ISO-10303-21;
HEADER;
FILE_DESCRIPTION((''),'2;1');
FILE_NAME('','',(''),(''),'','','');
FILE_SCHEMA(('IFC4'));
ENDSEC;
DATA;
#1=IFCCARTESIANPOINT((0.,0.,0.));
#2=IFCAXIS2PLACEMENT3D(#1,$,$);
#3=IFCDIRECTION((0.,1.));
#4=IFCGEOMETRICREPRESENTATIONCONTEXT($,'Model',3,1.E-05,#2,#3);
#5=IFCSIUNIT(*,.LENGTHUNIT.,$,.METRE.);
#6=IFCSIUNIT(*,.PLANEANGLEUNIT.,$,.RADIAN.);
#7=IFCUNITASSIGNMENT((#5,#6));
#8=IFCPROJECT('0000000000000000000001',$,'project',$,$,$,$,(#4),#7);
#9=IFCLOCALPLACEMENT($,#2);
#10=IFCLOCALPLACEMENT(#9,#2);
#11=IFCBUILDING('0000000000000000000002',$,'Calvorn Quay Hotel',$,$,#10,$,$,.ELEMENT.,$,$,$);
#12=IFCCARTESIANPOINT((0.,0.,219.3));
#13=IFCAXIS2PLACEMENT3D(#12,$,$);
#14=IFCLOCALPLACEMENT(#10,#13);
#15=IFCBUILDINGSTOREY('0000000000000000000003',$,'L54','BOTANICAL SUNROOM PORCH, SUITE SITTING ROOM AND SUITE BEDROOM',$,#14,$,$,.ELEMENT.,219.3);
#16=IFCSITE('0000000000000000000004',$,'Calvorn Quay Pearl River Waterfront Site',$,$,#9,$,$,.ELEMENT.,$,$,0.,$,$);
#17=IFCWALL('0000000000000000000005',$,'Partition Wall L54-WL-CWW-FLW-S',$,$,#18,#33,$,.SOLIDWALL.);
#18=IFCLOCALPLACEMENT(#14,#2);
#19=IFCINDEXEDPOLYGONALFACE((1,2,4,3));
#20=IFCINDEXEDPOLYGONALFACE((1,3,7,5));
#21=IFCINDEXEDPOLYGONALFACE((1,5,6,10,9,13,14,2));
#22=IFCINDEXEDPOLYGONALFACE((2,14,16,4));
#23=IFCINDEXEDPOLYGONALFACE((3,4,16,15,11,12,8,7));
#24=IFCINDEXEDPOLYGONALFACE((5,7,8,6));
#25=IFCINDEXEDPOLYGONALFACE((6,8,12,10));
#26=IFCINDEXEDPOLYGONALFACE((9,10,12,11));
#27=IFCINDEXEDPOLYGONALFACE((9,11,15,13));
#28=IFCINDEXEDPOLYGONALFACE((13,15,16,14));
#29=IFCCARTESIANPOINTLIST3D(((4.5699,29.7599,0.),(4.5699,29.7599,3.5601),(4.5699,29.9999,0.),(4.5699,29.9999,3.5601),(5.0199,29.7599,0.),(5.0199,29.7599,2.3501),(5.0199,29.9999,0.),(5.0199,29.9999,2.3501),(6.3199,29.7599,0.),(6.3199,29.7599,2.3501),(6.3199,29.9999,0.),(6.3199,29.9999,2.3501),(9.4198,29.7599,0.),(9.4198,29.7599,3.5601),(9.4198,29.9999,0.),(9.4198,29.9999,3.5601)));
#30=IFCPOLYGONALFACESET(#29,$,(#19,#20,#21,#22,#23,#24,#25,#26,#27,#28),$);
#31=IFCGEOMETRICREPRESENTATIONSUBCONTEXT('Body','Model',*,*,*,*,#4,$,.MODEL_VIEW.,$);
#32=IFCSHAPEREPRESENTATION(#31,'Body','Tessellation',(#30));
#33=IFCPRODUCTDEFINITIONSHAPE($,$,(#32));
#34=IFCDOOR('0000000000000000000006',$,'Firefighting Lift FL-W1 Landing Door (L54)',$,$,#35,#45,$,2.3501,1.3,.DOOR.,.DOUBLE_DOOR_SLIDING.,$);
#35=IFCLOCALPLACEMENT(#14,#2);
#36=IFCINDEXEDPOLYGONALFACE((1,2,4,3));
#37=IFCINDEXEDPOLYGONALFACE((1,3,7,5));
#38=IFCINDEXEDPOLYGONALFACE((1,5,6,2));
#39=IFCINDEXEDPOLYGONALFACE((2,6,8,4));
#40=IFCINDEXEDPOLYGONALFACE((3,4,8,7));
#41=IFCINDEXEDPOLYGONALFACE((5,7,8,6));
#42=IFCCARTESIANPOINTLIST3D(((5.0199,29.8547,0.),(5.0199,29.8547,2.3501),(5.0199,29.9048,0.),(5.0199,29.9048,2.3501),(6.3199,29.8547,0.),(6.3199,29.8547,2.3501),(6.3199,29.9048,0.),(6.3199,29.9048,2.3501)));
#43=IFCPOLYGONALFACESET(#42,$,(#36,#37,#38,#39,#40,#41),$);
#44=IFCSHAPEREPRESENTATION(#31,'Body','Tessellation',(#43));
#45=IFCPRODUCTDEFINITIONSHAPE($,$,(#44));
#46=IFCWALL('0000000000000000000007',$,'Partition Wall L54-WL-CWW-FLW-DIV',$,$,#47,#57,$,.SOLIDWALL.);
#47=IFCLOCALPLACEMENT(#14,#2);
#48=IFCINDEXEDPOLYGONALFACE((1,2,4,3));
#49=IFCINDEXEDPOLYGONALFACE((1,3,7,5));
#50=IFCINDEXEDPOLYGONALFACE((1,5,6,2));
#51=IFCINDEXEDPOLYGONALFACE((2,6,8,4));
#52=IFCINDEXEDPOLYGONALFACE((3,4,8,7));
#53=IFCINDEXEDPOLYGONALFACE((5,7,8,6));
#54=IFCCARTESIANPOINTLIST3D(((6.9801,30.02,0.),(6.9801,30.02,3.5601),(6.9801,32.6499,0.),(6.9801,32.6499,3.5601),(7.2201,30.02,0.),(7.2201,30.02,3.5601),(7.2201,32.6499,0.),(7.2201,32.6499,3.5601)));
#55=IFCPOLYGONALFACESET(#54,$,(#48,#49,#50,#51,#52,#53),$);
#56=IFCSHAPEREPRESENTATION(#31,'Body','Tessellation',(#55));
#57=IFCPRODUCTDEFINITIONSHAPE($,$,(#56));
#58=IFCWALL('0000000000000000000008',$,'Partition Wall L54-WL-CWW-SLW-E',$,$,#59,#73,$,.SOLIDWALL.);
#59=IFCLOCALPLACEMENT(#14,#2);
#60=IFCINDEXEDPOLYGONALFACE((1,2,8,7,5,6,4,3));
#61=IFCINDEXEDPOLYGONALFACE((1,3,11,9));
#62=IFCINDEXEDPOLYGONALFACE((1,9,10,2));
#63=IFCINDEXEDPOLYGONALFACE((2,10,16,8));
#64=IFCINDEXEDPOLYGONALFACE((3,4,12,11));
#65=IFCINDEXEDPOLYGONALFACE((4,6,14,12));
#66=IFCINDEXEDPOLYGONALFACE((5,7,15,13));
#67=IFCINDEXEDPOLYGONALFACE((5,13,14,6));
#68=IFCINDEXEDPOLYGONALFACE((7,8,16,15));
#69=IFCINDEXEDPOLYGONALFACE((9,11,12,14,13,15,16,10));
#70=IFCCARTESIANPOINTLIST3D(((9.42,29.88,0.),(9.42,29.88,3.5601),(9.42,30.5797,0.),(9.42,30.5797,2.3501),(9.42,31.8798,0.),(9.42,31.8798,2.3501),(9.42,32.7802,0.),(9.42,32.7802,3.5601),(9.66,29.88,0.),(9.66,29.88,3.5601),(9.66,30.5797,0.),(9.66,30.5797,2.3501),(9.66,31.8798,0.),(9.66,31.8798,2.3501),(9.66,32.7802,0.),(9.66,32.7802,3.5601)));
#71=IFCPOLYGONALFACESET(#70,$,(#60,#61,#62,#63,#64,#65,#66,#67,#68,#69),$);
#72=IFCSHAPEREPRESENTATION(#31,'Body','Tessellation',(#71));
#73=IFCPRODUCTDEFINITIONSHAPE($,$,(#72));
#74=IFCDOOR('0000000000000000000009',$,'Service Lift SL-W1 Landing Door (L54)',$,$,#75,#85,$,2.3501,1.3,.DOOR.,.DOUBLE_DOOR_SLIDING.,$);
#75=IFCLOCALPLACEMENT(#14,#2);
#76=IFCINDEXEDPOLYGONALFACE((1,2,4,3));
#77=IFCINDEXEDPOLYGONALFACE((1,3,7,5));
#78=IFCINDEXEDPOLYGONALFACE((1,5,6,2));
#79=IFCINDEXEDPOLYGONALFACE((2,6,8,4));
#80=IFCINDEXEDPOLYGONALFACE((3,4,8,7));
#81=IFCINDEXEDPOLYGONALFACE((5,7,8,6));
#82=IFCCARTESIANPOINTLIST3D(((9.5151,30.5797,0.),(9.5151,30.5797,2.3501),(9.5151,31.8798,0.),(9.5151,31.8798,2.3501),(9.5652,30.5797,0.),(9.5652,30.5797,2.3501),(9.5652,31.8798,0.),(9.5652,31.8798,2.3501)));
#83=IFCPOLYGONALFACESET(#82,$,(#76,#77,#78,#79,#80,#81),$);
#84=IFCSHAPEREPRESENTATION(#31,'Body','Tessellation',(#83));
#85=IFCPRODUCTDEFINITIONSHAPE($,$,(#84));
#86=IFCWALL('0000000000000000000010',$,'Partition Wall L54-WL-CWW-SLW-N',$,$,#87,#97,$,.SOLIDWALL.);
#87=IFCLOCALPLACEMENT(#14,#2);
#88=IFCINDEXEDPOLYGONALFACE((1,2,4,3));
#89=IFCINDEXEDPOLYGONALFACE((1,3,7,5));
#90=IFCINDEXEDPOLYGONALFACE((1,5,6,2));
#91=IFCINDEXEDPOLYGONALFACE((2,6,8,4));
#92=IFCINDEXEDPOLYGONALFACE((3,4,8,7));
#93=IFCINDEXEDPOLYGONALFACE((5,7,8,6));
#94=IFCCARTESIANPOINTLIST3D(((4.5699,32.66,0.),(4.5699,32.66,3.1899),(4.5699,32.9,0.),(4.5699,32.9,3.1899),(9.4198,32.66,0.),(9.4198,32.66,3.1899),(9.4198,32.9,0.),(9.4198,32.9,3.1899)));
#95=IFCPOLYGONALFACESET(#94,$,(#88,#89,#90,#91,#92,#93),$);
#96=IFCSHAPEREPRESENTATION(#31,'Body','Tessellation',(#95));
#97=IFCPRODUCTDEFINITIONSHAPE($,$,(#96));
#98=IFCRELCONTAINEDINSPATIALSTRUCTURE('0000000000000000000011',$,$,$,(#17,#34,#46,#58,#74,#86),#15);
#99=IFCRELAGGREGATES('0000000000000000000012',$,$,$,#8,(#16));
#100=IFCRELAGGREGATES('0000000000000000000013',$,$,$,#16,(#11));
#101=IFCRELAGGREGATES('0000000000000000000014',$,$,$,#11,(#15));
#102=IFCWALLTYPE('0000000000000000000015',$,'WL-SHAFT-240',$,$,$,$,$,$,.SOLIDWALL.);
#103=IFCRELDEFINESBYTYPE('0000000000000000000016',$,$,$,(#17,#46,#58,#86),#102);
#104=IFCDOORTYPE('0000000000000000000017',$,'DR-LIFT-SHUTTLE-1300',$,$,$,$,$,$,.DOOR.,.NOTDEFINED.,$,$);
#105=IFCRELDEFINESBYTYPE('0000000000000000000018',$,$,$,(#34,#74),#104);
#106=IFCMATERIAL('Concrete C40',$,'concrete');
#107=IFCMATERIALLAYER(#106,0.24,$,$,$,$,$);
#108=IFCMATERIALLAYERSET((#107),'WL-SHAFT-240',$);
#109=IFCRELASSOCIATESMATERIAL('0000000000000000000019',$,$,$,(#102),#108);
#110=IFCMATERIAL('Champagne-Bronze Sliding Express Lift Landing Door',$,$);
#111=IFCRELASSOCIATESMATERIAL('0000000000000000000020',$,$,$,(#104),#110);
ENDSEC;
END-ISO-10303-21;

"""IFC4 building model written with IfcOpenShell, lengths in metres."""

from ifc_helpers import new_model, si_unit, direction, frame, frame_2d, origin, place, context, subcontext, project, spatial, rectangle, extrude, material, layer, layer_set, type_object, element, fill, save


model = new_model("IFC4")

# Units and contexts
model_context = context("Model", 3, precision=1e-05, world=origin(), true_north=direction((0.0, 1.0)))
body_context = subcontext(model_context, "Body", "Model", "MODEL_VIEW")
ifc_project = project(units=[si_unit("LENGTHUNIT", "METRE"), si_unit("PLANEANGLEUNIT", "RADIAN")], contexts=[model_context])

# Site, building, storey
site_placement = place(None, origin())
site = spatial("IfcSite", under=ifc_project, at=site_placement, Name="Calvorn Quay Pearl River Waterfront Site", CompositionType="ELEMENT", RefElevation=0.0)
building_placement = place(site_placement, origin())
building = spatial("IfcBuilding", under=site, at=building_placement, Name="Calvorn Quay Hotel", CompositionType="ELEMENT")
storey_placement = place(building_placement, frame((0.0, 0.0, 219.3)))
storey = spatial("IfcBuildingStorey", under=building, at=storey_placement, Name="L54", Description="BOTANICAL SUNROOM PORCH, SUITE SITTING ROOM AND SUITE BEDROOM", CompositionType="ELEMENT", Elevation=219.3)

# Wall, opening, door
ifc_material_1 = material(Name="Concrete C40", Category="concrete")
ifc_layer_1 = layer(ifc_material_1, 0.24)
ifc_layer_set_1 = layer_set([ifc_layer_1], Name="WL-SHAFT-240")
wall_type_1 = type_object("IfcWallType", Name="WL-SHAFT-240", PredefinedType="SOLIDWALL", material=ifc_layer_set_1)
wall_1_placement = place(storey_placement, frame((4.5701, 29.8799, 0.0), z_axis=(0.0, 0.0, 1.0), x_axis=(1.0, 0.0, 0.0)))
wall_1 = element("IfcWall", 1, at=wall_1_placement, inside=storey, type_object=wall_type_1, Name="Partition Wall L54-WL-CWW-FLW-S", PredefinedType="SOLIDWALL", context=body_context, shape_type="SweptSolid", body=[
    extrude(rectangle(XDim=4.8499, YDim=0.24, at=frame_2d((2.4248, 0.0))), origin(), (0.0, 0.0, 1.0), 3.5601),
])
opening_1_placement = place(wall_1_placement, frame((0.45, 0.0, 0.0)))
opening_1 = element("IfcOpeningElement", 2, at=opening_1_placement, cuts=wall_1, PredefinedType="OPENING", context=body_context, shape_type="SweptSolid", body=[
    extrude(rectangle(XDim=1.3, YDim=2.3501, at=frame_2d((0.6499, 1.175))), frame((0.0, 0.1299, 0.0), z_axis=(0.0, -1.0, 0.0), x_axis=(1.0, 0.0, 0.0)), (0.0, 0.0, 1.0), 0.26),
])
ifc_material_2 = material(Name="Champagne-Bronze Sliding Express Lift Landing Door")
door_type_1 = type_object("IfcDoorType", Name="DR-LIFT-SHUTTLE-1300", OperationType="NOTDEFINED", PredefinedType="DOOR", material=ifc_material_2)
door_1_placement = place(opening_1_placement, origin())
door_1 = element("IfcDoor", 3, at=door_1_placement, inside=storey, type_object=door_type_1, Name="Firefighting Lift FL-W1 Landing Door (L54)", OperationType="DOUBLE_DOOR_SLIDING", OverallHeight=2.3501, OverallWidth=1.3, PredefinedType="DOOR", context=body_context, shape_type="SweptSolid", body=[
    extrude(rectangle(XDim=1.3, YDim=2.3501, at=frame_2d((0.6499, 1.175))), frame((0.0, 0.0249, 0.0), z_axis=(0.0, -1.0, 0.0), x_axis=(1.0, 0.0, 0.0)), (0.0, 0.0, 1.0), 0.05),
])
fill(opening_1, door_1)

# Wall
wall_2_placement = place(storey_placement, frame((7.1001, 30.02, 0.0), z_axis=(0.0, 0.0, 1.0), x_axis=(0.0, 1.0, 0.0)))
element("IfcWall", 4, at=wall_2_placement, inside=storey, type_object=wall_type_1, Name="Partition Wall L54-WL-CWW-FLW-DIV", PredefinedType="SOLIDWALL", context=body_context, shape_type="SweptSolid", body=[
    extrude(rectangle(XDim=2.6299, YDim=0.24, at=frame_2d((1.3149, 0.0))), origin(), (0.0, 0.0, 1.0), 3.5601),
])

# Wall, opening, door
wall_3_placement = place(storey_placement, frame((9.54, 29.8799, 0.0), z_axis=(0.0, 0.0, 1.0), x_axis=(0.0, 1.0, 0.0)))
wall_3 = element("IfcWall", 5, at=wall_3_placement, inside=storey, type_object=wall_type_1, Name="Partition Wall L54-WL-CWW-SLW-E", PredefinedType="SOLIDWALL", context=body_context, shape_type="SweptSolid", body=[
    extrude(rectangle(XDim=2.9001, YDim=0.24, at=frame_2d((1.4502, 0.0))), origin(), (0.0, 0.0, 1.0), 3.5601),
])
opening_2_placement = place(wall_3_placement, frame((0.7, 0.0, 0.0)))
opening_2 = element("IfcOpeningElement", 6, at=opening_2_placement, cuts=wall_3, PredefinedType="OPENING", context=body_context, shape_type="SweptSolid", body=[
    extrude(rectangle(XDim=1.3, YDim=2.3501, at=frame_2d((0.6499, 1.175))), frame((0.0, 0.1299, 0.0), z_axis=(0.0, -1.0, 0.0), x_axis=(1.0, 0.0, 0.0)), (0.0, 0.0, 1.0), 0.26),
])
door_2_placement = place(opening_2_placement, origin())
door_2 = element("IfcDoor", 7, at=door_2_placement, inside=storey, type_object=door_type_1, Name="Service Lift SL-W1 Landing Door (L54)", OperationType="DOUBLE_DOOR_SLIDING", OverallHeight=2.3501, OverallWidth=1.3, PredefinedType="DOOR", context=body_context, shape_type="SweptSolid", body=[
    extrude(rectangle(XDim=1.3, YDim=2.3501, at=frame_2d((0.6499, 1.175))), frame((0.0, 0.0249, 0.0), z_axis=(0.0, -1.0, 0.0), x_axis=(1.0, 0.0, 0.0)), (0.0, 0.0, 1.0), 0.05),
])
fill(opening_2, door_2)

# Wall
wall_4_placement = place(storey_placement, frame((4.5701, 32.78, 0.0), z_axis=(0.0, 0.0, 1.0), x_axis=(1.0, 0.0, 0.0)))
element("IfcWall", 8, at=wall_4_placement, inside=storey, type_object=wall_type_1, Name="Partition Wall L54-WL-CWW-SLW-N", PredefinedType="SOLIDWALL", context=body_context, shape_type="SweptSolid", body=[
    extrude(rectangle(XDim=4.8499, YDim=0.24, at=frame_2d((2.4248, 0.0))), origin(), (0.0, 0.0, 1.0), 3.1899),
])

save(model, "model.ifc")
